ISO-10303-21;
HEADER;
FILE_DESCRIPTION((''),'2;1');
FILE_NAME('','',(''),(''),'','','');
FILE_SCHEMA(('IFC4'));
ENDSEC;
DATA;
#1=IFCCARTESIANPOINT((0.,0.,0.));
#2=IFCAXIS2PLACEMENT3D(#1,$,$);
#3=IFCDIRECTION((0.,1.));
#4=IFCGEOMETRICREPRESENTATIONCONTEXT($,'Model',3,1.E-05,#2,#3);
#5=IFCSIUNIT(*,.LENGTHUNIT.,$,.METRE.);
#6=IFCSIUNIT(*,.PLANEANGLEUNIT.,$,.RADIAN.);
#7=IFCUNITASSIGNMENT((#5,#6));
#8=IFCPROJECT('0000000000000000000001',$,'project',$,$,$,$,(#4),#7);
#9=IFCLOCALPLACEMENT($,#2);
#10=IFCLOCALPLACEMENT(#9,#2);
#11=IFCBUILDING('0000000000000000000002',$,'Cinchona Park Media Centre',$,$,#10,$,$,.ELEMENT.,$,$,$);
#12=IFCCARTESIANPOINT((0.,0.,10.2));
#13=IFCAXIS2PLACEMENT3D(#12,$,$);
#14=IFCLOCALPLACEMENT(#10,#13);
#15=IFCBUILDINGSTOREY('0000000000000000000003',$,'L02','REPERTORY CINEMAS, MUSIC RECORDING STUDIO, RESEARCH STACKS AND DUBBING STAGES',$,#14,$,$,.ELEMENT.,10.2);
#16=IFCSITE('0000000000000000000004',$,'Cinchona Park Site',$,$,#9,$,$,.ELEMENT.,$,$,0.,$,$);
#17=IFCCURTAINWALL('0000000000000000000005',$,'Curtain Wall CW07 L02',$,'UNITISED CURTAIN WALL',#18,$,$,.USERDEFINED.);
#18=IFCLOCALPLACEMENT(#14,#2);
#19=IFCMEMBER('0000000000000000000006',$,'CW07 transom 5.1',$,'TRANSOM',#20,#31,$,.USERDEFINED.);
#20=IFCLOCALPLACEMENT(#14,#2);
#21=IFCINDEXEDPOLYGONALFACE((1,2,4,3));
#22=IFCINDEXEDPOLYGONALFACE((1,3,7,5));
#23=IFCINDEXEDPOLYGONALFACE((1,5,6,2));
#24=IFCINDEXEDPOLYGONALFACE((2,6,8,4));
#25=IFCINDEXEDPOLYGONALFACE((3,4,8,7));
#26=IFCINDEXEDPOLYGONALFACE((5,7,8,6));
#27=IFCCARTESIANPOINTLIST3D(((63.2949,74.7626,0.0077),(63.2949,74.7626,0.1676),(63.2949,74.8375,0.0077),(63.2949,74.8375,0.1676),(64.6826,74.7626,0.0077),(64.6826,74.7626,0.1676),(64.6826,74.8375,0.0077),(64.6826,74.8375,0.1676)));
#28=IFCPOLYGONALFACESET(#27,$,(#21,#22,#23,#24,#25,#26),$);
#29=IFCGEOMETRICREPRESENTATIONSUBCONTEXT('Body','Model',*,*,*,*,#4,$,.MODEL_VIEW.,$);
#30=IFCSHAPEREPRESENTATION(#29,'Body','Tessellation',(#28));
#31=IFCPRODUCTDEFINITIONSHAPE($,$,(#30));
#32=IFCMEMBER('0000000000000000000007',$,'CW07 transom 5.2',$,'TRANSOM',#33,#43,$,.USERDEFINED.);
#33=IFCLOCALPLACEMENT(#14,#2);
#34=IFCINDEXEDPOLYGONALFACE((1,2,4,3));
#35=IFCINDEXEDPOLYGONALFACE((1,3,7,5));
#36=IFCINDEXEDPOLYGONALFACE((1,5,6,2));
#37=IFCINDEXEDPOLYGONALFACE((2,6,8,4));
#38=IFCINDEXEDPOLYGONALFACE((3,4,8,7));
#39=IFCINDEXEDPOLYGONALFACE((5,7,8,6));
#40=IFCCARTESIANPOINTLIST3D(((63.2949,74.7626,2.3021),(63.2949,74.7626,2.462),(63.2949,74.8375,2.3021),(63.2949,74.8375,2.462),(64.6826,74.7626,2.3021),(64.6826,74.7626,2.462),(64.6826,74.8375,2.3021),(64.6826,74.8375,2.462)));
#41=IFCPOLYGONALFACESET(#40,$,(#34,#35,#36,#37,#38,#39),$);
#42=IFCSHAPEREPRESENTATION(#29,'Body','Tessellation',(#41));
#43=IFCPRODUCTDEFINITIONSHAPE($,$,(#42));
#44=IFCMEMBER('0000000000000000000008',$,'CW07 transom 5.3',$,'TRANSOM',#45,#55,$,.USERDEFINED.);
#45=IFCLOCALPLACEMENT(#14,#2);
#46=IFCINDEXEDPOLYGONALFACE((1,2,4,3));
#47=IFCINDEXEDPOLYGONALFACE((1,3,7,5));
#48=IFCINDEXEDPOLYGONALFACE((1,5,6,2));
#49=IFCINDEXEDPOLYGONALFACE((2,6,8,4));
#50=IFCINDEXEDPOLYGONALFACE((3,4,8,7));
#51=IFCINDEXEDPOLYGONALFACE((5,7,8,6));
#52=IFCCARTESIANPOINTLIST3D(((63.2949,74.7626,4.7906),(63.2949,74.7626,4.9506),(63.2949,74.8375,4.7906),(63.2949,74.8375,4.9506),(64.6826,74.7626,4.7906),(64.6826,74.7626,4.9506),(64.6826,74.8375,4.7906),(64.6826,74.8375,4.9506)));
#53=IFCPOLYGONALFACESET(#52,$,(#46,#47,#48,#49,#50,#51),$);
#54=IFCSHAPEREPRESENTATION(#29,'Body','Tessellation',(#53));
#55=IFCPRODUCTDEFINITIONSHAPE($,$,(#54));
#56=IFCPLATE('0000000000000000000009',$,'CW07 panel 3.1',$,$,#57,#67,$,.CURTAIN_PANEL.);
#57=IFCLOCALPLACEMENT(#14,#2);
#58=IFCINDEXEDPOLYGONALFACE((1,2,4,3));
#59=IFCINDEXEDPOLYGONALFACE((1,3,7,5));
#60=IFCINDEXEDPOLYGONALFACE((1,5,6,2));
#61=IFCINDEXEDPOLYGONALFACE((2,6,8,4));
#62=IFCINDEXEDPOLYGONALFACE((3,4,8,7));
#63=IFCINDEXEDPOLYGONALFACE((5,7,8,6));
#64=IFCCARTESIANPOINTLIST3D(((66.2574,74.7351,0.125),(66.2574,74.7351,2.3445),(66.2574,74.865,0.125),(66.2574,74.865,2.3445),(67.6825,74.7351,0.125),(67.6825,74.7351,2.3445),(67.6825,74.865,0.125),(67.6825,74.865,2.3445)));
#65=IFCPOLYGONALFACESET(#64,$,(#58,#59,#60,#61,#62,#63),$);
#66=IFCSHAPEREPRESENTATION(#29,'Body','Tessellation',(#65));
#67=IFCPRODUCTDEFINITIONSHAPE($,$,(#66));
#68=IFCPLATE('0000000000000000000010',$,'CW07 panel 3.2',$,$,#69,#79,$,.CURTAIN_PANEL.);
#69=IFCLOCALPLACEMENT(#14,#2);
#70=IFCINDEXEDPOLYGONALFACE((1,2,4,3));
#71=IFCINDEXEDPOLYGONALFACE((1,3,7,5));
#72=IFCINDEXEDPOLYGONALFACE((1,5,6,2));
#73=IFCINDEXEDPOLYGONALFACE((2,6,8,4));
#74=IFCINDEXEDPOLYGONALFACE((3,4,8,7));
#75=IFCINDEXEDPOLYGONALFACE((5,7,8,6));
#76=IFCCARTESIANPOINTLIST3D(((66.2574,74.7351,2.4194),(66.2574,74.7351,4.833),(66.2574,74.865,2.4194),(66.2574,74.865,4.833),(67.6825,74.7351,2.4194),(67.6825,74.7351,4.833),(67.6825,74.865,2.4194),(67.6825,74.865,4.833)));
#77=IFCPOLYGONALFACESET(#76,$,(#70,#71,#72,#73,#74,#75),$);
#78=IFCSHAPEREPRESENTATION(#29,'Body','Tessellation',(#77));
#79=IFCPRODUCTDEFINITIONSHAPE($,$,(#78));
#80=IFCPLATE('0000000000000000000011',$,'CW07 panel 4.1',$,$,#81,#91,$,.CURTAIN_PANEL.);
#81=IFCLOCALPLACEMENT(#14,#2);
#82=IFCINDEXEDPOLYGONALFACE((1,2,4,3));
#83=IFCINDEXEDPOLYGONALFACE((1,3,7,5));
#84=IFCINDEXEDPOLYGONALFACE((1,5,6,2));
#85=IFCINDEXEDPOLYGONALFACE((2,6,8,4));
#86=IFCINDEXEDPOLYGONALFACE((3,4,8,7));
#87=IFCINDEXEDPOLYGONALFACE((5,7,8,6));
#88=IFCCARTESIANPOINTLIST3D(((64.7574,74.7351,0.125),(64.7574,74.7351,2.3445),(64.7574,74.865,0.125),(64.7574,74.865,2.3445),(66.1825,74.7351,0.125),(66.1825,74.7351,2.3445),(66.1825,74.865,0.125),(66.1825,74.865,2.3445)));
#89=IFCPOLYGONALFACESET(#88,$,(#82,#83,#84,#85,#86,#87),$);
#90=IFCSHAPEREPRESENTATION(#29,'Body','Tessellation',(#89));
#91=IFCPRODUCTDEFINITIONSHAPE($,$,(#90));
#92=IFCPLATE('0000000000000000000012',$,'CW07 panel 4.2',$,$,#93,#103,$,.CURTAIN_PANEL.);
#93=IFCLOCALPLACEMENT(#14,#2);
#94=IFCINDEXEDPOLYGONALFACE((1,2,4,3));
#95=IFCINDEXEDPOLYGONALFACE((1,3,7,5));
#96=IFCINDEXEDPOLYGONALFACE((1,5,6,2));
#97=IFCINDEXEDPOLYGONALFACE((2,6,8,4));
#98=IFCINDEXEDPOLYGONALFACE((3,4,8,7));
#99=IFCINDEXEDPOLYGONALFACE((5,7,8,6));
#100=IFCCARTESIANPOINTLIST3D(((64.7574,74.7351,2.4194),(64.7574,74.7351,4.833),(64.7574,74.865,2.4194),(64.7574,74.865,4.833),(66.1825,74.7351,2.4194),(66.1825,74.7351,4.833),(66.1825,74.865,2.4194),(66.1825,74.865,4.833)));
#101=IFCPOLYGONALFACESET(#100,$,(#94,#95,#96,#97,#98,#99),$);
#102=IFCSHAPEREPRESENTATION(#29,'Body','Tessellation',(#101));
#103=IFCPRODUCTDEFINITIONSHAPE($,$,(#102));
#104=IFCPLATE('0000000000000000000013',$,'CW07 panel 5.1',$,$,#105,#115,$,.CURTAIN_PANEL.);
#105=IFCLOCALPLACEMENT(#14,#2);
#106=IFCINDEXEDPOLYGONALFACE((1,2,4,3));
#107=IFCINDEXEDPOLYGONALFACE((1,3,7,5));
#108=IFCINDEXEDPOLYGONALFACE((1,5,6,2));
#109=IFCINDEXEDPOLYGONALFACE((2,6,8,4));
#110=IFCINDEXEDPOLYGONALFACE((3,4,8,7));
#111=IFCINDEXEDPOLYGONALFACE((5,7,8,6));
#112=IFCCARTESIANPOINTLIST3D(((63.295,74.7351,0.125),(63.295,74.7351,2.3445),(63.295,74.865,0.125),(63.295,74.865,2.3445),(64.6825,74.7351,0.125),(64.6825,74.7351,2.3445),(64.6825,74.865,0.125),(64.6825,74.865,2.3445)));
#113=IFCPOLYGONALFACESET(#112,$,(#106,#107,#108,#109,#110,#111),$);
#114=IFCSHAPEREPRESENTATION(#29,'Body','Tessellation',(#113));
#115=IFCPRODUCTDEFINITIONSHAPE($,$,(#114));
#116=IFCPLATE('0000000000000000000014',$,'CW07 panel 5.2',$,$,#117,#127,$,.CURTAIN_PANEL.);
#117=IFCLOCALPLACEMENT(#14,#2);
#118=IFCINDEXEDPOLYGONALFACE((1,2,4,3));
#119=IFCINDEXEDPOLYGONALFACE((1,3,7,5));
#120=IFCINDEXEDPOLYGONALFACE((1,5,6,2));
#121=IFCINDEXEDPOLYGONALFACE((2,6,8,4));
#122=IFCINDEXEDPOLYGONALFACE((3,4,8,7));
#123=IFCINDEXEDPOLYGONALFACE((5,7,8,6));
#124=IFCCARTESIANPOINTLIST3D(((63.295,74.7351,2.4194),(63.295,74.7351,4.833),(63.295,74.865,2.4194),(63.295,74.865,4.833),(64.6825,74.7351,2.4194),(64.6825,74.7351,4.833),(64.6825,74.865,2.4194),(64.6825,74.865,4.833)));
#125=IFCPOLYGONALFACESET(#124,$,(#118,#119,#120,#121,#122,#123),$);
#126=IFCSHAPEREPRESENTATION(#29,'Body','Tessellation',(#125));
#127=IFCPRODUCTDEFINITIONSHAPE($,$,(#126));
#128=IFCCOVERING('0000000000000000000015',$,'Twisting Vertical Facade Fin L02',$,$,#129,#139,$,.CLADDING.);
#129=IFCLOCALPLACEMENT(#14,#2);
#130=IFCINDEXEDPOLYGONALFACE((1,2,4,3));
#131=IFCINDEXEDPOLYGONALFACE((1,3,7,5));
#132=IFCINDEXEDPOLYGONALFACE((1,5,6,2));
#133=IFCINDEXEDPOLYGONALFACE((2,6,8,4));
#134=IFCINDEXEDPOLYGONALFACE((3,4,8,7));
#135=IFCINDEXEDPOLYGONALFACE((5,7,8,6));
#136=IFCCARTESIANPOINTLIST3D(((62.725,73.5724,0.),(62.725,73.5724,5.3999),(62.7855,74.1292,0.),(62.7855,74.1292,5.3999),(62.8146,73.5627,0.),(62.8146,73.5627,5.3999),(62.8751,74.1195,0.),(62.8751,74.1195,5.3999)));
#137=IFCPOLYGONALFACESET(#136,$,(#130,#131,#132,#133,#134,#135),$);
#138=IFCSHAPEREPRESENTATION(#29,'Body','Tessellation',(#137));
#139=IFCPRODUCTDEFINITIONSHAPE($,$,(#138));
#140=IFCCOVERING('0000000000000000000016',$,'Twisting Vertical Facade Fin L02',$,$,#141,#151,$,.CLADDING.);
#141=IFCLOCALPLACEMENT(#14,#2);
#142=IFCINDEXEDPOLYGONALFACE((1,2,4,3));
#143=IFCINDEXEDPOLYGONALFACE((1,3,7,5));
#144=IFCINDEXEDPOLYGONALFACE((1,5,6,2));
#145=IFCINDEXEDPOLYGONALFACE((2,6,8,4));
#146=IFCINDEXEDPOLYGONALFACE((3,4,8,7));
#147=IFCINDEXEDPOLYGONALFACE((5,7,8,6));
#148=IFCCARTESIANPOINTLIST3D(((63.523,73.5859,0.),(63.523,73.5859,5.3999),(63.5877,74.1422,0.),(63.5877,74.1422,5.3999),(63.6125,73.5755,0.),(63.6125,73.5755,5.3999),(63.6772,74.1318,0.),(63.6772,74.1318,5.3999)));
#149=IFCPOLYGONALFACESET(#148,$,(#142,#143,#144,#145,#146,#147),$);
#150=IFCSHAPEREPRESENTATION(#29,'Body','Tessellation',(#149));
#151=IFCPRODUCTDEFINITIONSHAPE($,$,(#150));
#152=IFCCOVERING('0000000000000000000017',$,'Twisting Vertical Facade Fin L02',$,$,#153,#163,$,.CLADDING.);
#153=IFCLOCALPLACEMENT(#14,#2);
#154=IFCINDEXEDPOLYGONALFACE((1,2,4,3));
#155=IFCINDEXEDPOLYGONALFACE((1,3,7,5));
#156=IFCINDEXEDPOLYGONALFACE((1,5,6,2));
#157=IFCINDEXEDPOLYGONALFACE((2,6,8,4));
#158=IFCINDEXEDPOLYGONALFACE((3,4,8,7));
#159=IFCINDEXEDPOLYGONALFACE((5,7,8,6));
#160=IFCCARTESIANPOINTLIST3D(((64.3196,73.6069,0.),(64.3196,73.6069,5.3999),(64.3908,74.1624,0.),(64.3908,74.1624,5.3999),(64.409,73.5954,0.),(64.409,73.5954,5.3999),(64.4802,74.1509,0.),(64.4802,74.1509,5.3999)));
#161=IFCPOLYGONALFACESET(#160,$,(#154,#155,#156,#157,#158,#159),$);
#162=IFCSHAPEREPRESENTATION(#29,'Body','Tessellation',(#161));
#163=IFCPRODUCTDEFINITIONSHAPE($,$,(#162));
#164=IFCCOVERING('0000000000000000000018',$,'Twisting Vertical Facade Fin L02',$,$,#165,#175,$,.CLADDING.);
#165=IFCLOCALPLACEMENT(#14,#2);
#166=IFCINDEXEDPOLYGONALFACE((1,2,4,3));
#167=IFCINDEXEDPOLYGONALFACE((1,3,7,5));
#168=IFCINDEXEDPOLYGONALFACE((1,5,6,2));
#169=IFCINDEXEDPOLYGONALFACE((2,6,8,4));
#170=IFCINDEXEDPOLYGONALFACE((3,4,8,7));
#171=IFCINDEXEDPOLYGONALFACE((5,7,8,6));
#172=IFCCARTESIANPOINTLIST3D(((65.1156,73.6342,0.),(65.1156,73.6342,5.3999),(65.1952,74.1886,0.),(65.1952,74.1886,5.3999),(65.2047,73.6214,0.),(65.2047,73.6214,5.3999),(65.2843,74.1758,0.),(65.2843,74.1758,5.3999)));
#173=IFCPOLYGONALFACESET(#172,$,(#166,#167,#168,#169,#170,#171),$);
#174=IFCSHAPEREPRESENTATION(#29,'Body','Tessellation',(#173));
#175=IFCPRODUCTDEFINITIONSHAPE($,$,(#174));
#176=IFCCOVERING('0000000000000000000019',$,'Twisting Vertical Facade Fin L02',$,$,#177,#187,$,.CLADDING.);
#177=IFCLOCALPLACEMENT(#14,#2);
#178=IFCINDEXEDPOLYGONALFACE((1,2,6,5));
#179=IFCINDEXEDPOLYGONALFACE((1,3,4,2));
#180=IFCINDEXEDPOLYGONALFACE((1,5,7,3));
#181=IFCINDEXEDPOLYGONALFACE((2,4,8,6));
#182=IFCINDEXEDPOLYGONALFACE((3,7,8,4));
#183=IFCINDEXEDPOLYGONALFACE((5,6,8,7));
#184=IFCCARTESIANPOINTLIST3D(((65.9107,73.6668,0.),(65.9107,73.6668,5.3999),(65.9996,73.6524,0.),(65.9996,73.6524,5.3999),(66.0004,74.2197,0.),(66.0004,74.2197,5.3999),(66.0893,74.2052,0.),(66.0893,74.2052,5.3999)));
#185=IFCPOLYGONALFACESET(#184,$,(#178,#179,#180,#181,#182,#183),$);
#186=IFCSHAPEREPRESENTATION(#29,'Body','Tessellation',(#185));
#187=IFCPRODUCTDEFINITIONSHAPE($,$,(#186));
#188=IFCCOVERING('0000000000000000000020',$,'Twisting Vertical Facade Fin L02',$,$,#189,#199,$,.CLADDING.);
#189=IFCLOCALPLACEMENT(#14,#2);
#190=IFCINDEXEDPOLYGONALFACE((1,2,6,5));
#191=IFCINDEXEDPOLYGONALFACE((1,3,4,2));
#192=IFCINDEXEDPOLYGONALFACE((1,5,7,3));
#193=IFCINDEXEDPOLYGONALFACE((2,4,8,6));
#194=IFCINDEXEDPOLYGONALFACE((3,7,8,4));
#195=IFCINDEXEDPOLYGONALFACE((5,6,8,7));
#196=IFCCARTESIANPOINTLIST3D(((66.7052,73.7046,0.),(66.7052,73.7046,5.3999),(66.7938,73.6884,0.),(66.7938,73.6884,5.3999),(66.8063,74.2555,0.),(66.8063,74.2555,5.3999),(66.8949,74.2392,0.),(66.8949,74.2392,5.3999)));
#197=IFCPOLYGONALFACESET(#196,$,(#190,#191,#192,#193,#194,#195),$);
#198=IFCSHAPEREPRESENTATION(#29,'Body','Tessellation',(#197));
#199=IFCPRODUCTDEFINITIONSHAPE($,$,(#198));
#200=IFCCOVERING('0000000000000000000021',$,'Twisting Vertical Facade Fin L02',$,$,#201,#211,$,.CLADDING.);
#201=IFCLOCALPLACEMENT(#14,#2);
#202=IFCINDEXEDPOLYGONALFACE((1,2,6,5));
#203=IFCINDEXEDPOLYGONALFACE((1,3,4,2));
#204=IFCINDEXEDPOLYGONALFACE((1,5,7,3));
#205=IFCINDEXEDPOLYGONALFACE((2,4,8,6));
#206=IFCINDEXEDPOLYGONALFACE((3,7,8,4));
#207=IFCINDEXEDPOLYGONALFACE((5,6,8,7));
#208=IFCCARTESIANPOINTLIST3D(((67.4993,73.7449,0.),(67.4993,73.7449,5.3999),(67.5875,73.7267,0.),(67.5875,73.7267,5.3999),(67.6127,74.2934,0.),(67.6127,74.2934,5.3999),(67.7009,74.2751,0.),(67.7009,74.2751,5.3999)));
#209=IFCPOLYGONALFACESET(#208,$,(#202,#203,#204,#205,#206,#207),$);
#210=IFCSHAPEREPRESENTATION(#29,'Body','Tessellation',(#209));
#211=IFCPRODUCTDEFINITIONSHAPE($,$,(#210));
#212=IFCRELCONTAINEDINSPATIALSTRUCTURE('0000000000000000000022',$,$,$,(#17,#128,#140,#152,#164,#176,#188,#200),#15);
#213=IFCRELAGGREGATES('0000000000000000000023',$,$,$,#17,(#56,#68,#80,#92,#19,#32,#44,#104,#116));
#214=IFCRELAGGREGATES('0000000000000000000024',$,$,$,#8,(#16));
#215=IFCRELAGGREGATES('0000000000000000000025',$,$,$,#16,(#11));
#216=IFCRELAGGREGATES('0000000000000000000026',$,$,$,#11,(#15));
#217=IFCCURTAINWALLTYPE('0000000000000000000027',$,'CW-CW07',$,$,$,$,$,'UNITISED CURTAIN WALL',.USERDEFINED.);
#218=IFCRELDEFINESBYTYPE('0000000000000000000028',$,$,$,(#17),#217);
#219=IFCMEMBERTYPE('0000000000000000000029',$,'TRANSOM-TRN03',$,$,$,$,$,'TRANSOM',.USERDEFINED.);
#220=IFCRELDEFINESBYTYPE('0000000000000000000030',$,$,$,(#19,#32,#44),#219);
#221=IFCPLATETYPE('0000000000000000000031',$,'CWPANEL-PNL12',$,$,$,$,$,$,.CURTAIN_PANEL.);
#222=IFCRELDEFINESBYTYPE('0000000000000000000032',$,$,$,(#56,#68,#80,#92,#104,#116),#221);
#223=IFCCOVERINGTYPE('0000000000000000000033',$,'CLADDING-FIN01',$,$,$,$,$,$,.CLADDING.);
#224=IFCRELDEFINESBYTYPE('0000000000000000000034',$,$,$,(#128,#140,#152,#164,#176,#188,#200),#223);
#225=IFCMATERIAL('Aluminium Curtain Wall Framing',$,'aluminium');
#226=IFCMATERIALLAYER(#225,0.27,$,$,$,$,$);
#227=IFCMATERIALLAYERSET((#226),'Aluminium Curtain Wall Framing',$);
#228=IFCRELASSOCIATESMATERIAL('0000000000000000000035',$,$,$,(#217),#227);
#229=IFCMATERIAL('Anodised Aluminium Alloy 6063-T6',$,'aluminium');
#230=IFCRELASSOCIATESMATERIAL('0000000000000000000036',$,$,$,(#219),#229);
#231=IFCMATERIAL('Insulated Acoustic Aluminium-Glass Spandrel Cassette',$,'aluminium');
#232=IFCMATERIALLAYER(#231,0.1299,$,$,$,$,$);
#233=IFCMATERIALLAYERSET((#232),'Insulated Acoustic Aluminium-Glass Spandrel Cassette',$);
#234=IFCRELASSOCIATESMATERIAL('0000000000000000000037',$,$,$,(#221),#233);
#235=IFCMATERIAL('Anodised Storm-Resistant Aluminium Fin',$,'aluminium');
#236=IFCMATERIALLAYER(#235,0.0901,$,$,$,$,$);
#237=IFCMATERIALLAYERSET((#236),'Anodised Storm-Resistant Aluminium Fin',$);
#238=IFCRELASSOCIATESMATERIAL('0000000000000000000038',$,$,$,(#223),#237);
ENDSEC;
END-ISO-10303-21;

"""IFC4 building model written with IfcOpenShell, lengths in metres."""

from ifc_helpers import new_model, si_unit, direction, frame, origin, origin_2d, place, context, subcontext, project, spatial, rectangle, extrude, material, layer, layer_set, material_profile, profile_set, type_object, element, aggregate, save


model = new_model("IFC4")

# Units and contexts
model_context = context("Model", 3, precision=1e-05, world=origin(), true_north=direction((0.0, 1.0)))
body_context = subcontext(model_context, "Body", "Model", "MODEL_VIEW")
ifc_project = project(units=[si_unit("LENGTHUNIT", "METRE"), si_unit("PLANEANGLEUNIT", "RADIAN")], contexts=[model_context])

# Site, building, storey
site_placement = place(None, origin())
site = spatial("IfcSite", under=ifc_project, at=site_placement, Name="Cinchona Park Site", CompositionType="ELEMENT", RefElevation=0.0)
building_placement = place(site_placement, origin())
building = spatial("IfcBuilding", under=site, at=building_placement, Name="Cinchona Park Media Centre", CompositionType="ELEMENT")
storey_placement = place(building_placement, frame((0.0, 0.0, 10.2)))
storey = spatial("IfcBuildingStorey", under=building, at=storey_placement, Name="L02", Description="REPERTORY CINEMAS, MUSIC RECORDING STUDIO, RESEARCH STACKS AND DUBBING STAGES", CompositionType="ELEMENT", Elevation=10.2)

# Curtain wall, members, plates
ifc_material_1 = material(Name="Aluminium Curtain Wall Framing", Category="aluminium")
ifc_layer_1 = layer(ifc_material_1, 0.27)
ifc_layer_set_1 = layer_set([ifc_layer_1], Name="Aluminium Curtain Wall Framing")
curtain_wall_type_1 = type_object("IfcCurtainWallType", Name="CW-CW07", ElementType="UNITISED CURTAIN WALL", PredefinedType="USERDEFINED", material=ifc_layer_set_1)
curtain_wall_1_placement = place(storey_placement, origin())
curtain_wall_1 = element("IfcCurtainWall", 1, at=curtain_wall_1_placement, inside=storey, type_object=curtain_wall_type_1, Name="Curtain Wall CW07 L02", ObjectType="UNITISED CURTAIN WALL", PredefinedType="USERDEFINED")
ifc_material_2 = material(Name="Anodised Aluminium Alloy 6063-T6", Category="aluminium")
ifc_material_profile_1 = material_profile(ifc_material_2, rectangle(XDim=0.075, YDim=0.1599, at=origin_2d()), Name="TRN-75X160")
ifc_profile_set_1 = profile_set([ifc_material_profile_1], Name="Anodised Aluminium Alloy 6063-T6")
member_type_1 = type_object("IfcMemberType", Name="TRANSOM-TRN03", ElementType="TRANSOM", PredefinedType="USERDEFINED", material=ifc_profile_set_1)
member_1_placement = place(storey_placement, frame((64.6826, 74.8, 0.0876), z_axis=(-1.0, 0.0, 0.0), x_axis=(0.0, -1.0, 0.0)))
member_1 = element("IfcMember", 2, at=member_1_placement, type_object=member_type_1, Name="CW07 transom 5.1", ObjectType="TRANSOM", PredefinedType="USERDEFINED", context=body_context, shape_type="SweptSolid", body=[
    extrude(rectangle(XDim=0.075, YDim=0.1599, at=origin_2d()), origin(), (0.0, 0.0, 1.0), 1.3877),
])
member_2_placement = place(storey_placement, frame((64.6826, 74.8, 2.3821), z_axis=(-1.0, 0.0, 0.0), x_axis=(0.0, -1.0, 0.0)))
member_2 = element("IfcMember", 3, at=member_2_placement, type_object=member_type_1, Name="CW07 transom 5.2", ObjectType="TRANSOM", PredefinedType="USERDEFINED", context=body_context, shape_type="SweptSolid", body=[
    extrude(rectangle(XDim=0.075, YDim=0.1599, at=origin_2d()), origin(), (0.0, 0.0, 1.0), 1.3877),
])
member_3_placement = place(storey_placement, frame((64.6826, 74.8, 4.8706), z_axis=(-1.0, 0.0, 0.0), x_axis=(0.0, -1.0, 0.0)))
member_3 = element("IfcMember", 4, at=member_3_placement, type_object=member_type_1, Name="CW07 transom 5.3", ObjectType="TRANSOM", PredefinedType="USERDEFINED", context=body_context, shape_type="SweptSolid", body=[
    extrude(rectangle(XDim=0.075, YDim=0.1599, at=origin_2d()), origin(), (0.0, 0.0, 1.0), 1.3877),
])
ifc_material_3 = material(Name="Insulated Acoustic Aluminium-Glass Spandrel Cassette", Category="aluminium")
ifc_layer_2 = layer(ifc_material_3, 0.1299)
ifc_layer_set_2 = layer_set([ifc_layer_2], Name="Insulated Acoustic Aluminium-Glass Spandrel Cassette")
plate_type = type_object("IfcPlateType", Name="CWPANEL-PNL12", PredefinedType="CURTAIN_PANEL", material=ifc_layer_set_2)
plate_1_placement = place(storey_placement, frame((66.97, 74.8, 0.125), z_axis=(0.0, 0.0, 1.0), x_axis=(-1.0, 0.0, 0.0)))
plate_1 = element("IfcPlate", 5, at=plate_1_placement, type_object=plate_type, Name="CW07 panel 3.1", PredefinedType="CURTAIN_PANEL", context=body_context, shape_type="SweptSolid", body=[
    extrude(rectangle(XDim=1.425, YDim=0.1299, at=origin_2d()), origin(), (0.0, 0.0, 1.0), 2.2195),
])
plate_2_placement = place(storey_placement, frame((66.97, 74.8, 2.4194), z_axis=(0.0, 0.0, 1.0), x_axis=(-1.0, 0.0, 0.0)))
plate_2 = element("IfcPlate", 6, at=plate_2_placement, type_object=plate_type, Name="CW07 panel 3.2", PredefinedType="CURTAIN_PANEL", context=body_context, shape_type="SweptSolid", body=[
    extrude(rectangle(XDim=1.425, YDim=0.1299, at=origin_2d()), origin(), (0.0, 0.0, 1.0), 2.4136),
])
plate_3_placement = place(storey_placement, frame((65.47, 74.8, 0.125), z_axis=(0.0, 0.0, 1.0), x_axis=(-1.0, 0.0, 0.0)))
plate_3 = element("IfcPlate", 7, at=plate_3_placement, type_object=plate_type, Name="CW07 panel 4.1", PredefinedType="CURTAIN_PANEL", context=body_context, shape_type="SweptSolid", body=[
    extrude(rectangle(XDim=1.425, YDim=0.1299, at=origin_2d()), origin(), (0.0, 0.0, 1.0), 2.2195),
])
plate_4_placement = place(storey_placement, frame((65.47, 74.8, 2.4194), z_axis=(0.0, 0.0, 1.0), x_axis=(-1.0, 0.0, 0.0)))
plate_4 = element("IfcPlate", 8, at=plate_4_placement, type_object=plate_type, Name="CW07 panel 4.2", PredefinedType="CURTAIN_PANEL", context=body_context, shape_type="SweptSolid", body=[
    extrude(rectangle(XDim=1.425, YDim=0.1299, at=origin_2d()), origin(), (0.0, 0.0, 1.0), 2.4136),
])
plate_5_placement = place(storey_placement, frame((63.9888, 74.8, 0.125), z_axis=(0.0, 0.0, 1.0), x_axis=(-1.0, 0.0, 0.0)))
plate_5 = element("IfcPlate", 9, at=plate_5_placement, type_object=plate_type, Name="CW07 panel 5.1", PredefinedType="CURTAIN_PANEL", context=body_context, shape_type="SweptSolid", body=[
    extrude(rectangle(XDim=1.3875, YDim=0.1299, at=origin_2d()), origin(), (0.0, 0.0, 1.0), 2.2195),
])
plate_6_placement = place(storey_placement, frame((63.9888, 74.8, 2.4194), z_axis=(0.0, 0.0, 1.0), x_axis=(-1.0, 0.0, 0.0)))
plate_6 = element("IfcPlate", 10, at=plate_6_placement, type_object=plate_type, Name="CW07 panel 5.2", PredefinedType="CURTAIN_PANEL", context=body_context, shape_type="SweptSolid", body=[
    extrude(rectangle(XDim=1.3875, YDim=0.1299, at=origin_2d()), origin(), (0.0, 0.0, 1.0), 2.4136),
])
aggregate(curtain_wall_1, [plate_1, plate_2, plate_3, plate_4, member_1, member_2, member_3, plate_5, plate_6])

# Coverings
ifc_material_4 = material(Name="Anodised Storm-Resistant Aluminium Fin", Category="aluminium")
ifc_layer_3 = layer(ifc_material_4, 0.0901)
ifc_layer_set_3 = layer_set([ifc_layer_3], Name="Anodised Storm-Resistant Aluminium Fin")
covering_type = type_object("IfcCoveringType", Name="CLADDING-FIN01", PredefinedType="CLADDING", material=ifc_layer_set_3)
for number, where, z_axis, x_axis, name in (
    (11, (62.8, 73.8459, 0.0), (0.0, 0.0, 1.0), (0.107999, 0.994151, 0.0), "Twisting Vertical Facade Fin L02"),
    (12, (63.6001, 73.8589, 0.0), (0.0, 0.0, 1.0), (0.115457, 0.993312, 0.0), "Twisting Vertical Facade Fin L02"),
    (13, (64.3999, 73.8789, 0.0), (0.0, 0.0, 1.0), (0.127065, 0.991894, 0.0), "Twisting Vertical Facade Fin L02"),
    (14, (65.2, 73.905, 0.0), (0.0, 0.0, 1.0), (0.142111, 0.989851, 0.0), "Twisting Vertical Facade Fin L02"),
    (15, (66.0, 73.936, 0.0), (0.0, 0.0, 1.0), (0.160226, 0.98708, 0.0), "Twisting Vertical Facade Fin L02"),
    (16, (66.8, 73.9719, 0.0), (0.0, 0.0, 1.0), (0.180519, 0.983571, 0.0), "Twisting Vertical Facade Fin L02"),
    (17, (67.6001, 74.01, 0.0), (0.0, 0.0, 1.0), (0.202445, 0.979294, 0.0), "Twisting Vertical Facade Fin L02"),
):
    element("IfcCovering", number, at=place(storey_placement, frame(where, z_axis=z_axis, x_axis=x_axis)), inside=storey, type_object=covering_type, Name=name, PredefinedType="CLADDING", context=body_context, shape_type="SweptSolid", body=[
        extrude(rectangle(XDim=0.5601, YDim=0.0901, at=origin_2d()), origin(), (0.0, 0.0, 1.0), 5.3999),
    ])

save(model, "model.ifc")
